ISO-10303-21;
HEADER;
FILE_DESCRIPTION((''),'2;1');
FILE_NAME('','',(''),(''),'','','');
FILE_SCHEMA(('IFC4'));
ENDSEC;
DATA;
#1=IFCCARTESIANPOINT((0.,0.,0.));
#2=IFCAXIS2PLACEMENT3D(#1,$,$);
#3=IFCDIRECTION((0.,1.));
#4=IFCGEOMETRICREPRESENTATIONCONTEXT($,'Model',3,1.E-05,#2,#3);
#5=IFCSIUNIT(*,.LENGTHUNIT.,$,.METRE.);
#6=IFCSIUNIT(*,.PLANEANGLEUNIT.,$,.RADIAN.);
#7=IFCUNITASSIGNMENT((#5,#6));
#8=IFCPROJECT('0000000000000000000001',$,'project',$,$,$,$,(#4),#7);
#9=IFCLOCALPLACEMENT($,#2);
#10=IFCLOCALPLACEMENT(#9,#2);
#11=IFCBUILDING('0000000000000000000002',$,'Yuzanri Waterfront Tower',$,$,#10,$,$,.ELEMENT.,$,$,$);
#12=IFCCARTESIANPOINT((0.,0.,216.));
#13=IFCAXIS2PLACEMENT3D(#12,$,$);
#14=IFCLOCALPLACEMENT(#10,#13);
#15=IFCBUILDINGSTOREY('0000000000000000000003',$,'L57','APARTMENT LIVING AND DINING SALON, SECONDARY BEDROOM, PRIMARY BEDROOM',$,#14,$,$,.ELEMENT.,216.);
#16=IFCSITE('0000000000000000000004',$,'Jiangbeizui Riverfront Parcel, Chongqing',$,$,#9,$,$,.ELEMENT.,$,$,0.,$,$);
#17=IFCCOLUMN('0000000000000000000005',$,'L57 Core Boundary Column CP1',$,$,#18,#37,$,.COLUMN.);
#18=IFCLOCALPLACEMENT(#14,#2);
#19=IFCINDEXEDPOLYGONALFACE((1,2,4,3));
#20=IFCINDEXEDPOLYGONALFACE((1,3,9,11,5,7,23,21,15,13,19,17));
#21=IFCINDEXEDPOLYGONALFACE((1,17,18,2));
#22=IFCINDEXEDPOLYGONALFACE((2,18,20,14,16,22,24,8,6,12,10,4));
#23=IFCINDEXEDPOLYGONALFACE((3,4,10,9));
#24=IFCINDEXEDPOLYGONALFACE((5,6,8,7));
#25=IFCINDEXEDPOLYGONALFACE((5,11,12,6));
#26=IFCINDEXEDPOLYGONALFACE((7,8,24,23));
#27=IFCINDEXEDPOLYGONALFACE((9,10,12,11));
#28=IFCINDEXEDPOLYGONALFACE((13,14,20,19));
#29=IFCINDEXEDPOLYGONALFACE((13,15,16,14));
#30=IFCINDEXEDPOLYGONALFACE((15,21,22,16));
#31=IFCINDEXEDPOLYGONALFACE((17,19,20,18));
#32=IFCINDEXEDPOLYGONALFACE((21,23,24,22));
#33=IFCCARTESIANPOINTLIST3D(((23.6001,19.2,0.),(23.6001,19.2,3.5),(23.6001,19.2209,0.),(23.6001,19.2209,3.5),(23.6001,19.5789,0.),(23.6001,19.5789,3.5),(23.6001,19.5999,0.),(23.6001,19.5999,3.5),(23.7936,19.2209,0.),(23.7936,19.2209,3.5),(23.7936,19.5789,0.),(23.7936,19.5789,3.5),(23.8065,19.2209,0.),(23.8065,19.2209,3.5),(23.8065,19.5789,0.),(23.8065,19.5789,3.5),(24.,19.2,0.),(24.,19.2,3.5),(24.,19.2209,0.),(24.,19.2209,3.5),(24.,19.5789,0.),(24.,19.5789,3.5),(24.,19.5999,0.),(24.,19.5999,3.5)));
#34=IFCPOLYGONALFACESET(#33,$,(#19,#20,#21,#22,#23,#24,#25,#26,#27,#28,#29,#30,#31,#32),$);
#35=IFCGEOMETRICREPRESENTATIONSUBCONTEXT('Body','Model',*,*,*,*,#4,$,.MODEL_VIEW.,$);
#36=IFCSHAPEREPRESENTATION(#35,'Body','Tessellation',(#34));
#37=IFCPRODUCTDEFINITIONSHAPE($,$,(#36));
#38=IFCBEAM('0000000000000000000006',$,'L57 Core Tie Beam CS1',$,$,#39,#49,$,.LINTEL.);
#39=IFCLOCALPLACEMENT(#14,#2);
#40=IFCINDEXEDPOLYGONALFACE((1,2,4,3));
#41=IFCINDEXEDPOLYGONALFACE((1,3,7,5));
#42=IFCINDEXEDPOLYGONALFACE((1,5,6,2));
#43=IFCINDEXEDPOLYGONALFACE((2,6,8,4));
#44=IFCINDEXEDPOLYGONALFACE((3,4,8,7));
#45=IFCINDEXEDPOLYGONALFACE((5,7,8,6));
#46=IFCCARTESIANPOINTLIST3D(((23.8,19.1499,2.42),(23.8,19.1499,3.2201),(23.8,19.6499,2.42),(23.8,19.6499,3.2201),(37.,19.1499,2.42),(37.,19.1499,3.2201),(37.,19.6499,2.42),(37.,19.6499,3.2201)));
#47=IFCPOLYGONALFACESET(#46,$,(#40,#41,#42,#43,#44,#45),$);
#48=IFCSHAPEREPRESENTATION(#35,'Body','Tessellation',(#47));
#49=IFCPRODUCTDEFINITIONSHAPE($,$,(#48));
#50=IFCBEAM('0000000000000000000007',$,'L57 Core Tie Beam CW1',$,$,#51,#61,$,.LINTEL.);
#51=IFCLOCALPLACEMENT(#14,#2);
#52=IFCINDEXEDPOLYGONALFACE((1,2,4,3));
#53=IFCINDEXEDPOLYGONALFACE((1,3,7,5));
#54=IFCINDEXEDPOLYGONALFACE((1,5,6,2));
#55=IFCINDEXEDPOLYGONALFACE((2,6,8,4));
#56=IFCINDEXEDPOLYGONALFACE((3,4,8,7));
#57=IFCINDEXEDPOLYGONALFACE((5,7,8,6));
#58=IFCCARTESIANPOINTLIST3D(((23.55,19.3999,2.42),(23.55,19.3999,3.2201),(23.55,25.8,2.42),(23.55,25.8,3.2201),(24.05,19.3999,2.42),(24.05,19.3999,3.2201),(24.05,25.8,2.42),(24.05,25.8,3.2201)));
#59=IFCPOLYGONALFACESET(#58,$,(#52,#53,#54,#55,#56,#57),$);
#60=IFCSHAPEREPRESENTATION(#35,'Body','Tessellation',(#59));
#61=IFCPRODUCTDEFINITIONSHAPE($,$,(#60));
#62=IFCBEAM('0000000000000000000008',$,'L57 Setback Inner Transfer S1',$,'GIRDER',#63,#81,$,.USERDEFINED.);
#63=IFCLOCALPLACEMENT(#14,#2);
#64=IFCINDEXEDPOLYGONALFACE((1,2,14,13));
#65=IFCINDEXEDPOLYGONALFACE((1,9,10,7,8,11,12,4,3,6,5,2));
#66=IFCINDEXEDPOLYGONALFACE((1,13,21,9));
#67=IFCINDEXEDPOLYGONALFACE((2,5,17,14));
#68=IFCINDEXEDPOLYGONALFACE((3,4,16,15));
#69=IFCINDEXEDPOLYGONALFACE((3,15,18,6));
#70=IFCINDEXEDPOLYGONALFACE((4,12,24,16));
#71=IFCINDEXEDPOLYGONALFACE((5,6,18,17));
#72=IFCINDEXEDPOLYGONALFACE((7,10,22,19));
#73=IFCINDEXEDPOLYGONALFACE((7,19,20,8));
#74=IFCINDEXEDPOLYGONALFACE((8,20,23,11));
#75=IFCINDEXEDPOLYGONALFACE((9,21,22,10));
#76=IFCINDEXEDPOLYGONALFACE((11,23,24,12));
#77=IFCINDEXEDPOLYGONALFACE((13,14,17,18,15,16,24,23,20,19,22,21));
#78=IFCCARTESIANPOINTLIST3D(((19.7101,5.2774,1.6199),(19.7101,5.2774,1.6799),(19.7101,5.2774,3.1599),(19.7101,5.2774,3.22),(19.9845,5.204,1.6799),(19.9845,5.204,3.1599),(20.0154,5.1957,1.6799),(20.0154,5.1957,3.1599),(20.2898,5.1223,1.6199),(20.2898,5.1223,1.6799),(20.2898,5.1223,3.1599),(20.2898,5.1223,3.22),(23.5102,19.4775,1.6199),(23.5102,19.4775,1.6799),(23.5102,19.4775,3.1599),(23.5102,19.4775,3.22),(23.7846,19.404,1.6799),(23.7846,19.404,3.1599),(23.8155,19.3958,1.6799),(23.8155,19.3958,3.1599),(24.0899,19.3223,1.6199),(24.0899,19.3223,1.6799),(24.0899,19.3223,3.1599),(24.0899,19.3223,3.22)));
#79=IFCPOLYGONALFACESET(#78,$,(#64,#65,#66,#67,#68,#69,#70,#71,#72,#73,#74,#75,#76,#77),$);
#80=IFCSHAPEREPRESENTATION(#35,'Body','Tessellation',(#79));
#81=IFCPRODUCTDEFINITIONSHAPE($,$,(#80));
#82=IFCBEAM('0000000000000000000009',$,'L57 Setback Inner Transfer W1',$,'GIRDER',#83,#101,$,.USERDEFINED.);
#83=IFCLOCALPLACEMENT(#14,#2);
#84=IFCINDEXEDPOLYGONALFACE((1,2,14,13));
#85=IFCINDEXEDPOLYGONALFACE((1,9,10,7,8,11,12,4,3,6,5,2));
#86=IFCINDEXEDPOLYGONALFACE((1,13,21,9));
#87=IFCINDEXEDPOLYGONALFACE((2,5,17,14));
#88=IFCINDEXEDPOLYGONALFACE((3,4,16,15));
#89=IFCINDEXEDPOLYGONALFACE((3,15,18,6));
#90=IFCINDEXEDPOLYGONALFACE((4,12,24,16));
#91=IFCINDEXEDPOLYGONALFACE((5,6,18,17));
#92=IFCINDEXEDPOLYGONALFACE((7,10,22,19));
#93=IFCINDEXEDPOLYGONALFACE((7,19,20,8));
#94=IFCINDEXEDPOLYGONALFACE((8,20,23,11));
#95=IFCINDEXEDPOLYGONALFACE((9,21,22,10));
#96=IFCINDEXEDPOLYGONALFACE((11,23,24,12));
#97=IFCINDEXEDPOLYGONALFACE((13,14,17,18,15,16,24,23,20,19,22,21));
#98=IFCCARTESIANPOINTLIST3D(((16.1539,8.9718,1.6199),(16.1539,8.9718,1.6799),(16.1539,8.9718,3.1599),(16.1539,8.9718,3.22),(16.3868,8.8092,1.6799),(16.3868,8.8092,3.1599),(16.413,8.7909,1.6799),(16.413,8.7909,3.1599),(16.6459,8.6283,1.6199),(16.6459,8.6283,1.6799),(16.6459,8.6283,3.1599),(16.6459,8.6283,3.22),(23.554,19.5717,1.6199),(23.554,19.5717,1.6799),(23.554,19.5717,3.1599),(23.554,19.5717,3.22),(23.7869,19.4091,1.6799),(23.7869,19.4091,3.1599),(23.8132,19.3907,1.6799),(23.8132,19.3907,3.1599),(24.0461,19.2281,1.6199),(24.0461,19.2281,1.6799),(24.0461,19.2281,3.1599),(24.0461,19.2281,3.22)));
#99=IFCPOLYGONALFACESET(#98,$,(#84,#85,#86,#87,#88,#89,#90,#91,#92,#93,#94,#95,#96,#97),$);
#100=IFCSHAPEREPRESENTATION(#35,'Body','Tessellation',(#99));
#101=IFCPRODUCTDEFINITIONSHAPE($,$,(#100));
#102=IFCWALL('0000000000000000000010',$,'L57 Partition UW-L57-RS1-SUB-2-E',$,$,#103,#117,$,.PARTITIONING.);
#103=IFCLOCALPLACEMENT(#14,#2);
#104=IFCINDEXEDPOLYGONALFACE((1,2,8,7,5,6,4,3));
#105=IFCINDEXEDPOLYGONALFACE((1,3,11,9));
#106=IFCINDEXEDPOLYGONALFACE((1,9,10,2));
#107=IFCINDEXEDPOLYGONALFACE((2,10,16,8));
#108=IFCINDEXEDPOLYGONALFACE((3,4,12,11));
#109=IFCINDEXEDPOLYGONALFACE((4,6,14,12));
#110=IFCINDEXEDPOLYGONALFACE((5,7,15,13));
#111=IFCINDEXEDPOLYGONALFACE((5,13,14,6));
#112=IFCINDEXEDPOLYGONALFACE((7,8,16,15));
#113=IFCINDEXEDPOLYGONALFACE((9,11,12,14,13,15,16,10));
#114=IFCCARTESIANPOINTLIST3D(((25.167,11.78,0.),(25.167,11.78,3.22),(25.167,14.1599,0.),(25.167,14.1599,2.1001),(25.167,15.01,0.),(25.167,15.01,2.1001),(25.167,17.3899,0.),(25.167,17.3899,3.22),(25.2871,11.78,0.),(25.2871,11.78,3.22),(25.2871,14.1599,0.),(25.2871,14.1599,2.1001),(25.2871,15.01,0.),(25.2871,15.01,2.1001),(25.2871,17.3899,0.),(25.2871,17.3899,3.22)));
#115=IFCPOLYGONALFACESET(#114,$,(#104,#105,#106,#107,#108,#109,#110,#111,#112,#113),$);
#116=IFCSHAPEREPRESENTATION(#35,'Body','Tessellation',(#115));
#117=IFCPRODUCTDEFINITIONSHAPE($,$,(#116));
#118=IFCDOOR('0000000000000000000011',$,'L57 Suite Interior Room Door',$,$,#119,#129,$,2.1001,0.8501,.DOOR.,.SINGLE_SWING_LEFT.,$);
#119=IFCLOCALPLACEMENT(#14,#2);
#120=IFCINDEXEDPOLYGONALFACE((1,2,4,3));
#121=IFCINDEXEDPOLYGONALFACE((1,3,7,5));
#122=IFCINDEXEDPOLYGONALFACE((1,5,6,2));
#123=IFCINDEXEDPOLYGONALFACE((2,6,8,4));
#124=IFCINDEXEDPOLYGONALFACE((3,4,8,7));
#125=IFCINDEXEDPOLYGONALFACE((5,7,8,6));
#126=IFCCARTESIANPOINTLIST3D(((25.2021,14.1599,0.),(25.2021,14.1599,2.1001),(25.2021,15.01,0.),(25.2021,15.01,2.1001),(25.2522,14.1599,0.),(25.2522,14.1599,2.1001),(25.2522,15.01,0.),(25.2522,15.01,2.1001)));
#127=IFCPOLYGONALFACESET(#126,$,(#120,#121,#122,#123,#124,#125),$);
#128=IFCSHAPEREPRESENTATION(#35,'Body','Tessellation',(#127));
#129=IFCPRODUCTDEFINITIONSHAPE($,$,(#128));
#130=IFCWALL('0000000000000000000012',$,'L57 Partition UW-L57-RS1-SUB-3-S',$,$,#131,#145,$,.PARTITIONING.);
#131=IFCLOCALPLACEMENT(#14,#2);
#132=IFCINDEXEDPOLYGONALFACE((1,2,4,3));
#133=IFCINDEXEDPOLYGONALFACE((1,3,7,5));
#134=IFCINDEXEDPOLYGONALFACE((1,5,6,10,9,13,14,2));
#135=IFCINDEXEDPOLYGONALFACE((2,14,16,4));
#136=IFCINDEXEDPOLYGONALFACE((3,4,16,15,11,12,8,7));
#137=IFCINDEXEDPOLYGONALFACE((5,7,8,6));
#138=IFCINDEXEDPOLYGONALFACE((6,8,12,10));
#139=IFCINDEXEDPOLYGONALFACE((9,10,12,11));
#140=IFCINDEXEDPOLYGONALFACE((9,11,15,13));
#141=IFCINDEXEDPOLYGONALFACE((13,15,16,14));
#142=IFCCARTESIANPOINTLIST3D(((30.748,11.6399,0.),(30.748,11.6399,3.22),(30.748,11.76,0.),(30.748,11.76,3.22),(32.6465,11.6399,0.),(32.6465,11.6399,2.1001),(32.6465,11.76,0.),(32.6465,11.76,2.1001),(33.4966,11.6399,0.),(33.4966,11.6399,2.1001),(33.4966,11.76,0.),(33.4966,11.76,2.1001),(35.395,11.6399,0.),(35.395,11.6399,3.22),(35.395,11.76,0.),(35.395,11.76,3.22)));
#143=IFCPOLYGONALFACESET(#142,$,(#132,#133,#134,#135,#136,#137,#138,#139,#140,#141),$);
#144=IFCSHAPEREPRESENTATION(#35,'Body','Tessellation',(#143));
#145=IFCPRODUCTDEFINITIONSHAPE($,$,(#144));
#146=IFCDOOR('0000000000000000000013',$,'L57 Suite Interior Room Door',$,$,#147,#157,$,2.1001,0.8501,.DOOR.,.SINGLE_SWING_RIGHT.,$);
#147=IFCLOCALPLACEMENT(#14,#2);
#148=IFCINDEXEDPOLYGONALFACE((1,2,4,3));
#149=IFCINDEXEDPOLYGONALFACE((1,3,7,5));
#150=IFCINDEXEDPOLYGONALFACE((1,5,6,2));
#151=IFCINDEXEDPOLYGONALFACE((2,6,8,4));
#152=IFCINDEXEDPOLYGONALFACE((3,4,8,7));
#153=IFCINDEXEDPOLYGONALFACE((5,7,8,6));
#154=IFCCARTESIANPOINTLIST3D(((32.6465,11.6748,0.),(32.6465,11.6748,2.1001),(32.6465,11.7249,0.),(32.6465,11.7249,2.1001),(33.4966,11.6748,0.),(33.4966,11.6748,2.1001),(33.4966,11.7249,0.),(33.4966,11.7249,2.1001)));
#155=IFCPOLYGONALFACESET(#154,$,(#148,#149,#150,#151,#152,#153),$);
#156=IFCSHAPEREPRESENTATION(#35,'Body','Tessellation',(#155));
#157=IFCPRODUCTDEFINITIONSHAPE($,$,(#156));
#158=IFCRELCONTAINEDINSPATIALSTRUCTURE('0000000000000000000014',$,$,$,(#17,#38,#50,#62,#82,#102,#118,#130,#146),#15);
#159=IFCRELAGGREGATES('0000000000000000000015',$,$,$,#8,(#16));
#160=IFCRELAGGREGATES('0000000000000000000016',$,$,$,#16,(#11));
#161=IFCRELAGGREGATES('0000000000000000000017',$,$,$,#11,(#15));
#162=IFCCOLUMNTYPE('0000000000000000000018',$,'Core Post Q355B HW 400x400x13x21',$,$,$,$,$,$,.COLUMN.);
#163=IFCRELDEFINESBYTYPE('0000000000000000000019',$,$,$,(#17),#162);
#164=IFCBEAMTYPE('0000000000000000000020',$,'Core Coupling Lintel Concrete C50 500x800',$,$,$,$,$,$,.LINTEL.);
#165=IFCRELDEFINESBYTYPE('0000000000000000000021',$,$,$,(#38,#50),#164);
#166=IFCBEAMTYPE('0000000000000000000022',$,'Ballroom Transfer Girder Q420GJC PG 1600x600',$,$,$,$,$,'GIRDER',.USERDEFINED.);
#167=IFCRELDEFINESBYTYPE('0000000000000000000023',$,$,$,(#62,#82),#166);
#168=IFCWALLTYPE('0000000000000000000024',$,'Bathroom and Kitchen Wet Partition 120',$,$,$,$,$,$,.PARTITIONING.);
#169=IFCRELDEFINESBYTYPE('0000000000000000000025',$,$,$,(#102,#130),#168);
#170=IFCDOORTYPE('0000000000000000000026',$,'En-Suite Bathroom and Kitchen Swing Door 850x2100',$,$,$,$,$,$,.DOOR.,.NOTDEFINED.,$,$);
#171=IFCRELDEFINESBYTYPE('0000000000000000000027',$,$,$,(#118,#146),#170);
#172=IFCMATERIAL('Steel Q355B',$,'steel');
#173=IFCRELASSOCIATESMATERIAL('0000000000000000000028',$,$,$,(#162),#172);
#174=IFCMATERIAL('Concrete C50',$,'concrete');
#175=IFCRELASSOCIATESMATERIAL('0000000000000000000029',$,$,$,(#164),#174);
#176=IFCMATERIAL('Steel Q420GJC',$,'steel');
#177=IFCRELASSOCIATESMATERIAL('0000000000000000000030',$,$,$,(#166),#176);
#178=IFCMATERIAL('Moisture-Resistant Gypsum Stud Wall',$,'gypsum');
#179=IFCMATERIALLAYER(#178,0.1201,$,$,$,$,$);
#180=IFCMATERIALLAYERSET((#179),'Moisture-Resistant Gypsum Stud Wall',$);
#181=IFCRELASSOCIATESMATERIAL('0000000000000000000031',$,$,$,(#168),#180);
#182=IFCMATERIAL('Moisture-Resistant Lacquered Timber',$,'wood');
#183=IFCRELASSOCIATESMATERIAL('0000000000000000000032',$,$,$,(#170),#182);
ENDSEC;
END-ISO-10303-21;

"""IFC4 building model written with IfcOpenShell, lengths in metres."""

from ifc_helpers import new_model, si_unit, direction, frame, frame_2d, origin, origin_2d, place, context, subcontext, project, spatial, rectangle, i_section, extrude, source, transform, mapped, material, layer, layer_set, material_profile, profile_set, type_object, element, fill, save


model = new_model("IFC4")

# Units and contexts
model_context = context("Model", 3, precision=1e-05, world=origin(), true_north=direction((0.0, 1.0)))
body_context = subcontext(model_context, "Body", "Model", "MODEL_VIEW")
ifc_project = project(units=[si_unit("LENGTHUNIT", "METRE"), si_unit("PLANEANGLEUNIT", "RADIAN")], contexts=[model_context])

# Site, building, storey
site_placement = place(None, origin())
site = spatial("IfcSite", under=ifc_project, at=site_placement, Name="Jiangbeizui Riverfront Parcel, Chongqing", CompositionType="ELEMENT", RefElevation=0.0)
building_placement = place(site_placement, origin())
building = spatial("IfcBuilding", under=site, at=building_placement, Name="Yuzanri Waterfront Tower", CompositionType="ELEMENT")
storey_placement = place(building_placement, frame((0.0, 0.0, 216.0)))
storey = spatial("IfcBuildingStorey", under=building, at=storey_placement, Name="L57", Description="APARTMENT LIVING AND DINING SALON, SECONDARY BEDROOM, PRIMARY BEDROOM", CompositionType="ELEMENT", Elevation=216.0)

# Column
ifc_material_1 = material(Name="Steel Q355B", Category="steel")
ifc_material_profile_1 = material_profile(ifc_material_1, i_section(OverallWidth=0.3999, OverallDepth=0.3999, WebThickness=0.0129, FlangeThickness=0.021, at=origin_2d()), Name="HW 400x400x13x21")
ifc_profile_set_1 = profile_set([ifc_material_profile_1], Name="Steel Q355B")
column_type = type_object("IfcColumnType", Name="Core Post Q355B HW 400x400x13x21", PredefinedType="COLUMN", material=ifc_profile_set_1)
shared_shape_1 = source(origin(), body_context, "Body", "SweptSolid", [
    extrude(i_section(OverallWidth=0.3999, OverallDepth=0.3999, WebThickness=0.0129, FlangeThickness=0.021, at=origin_2d()), origin(), (0.0, 0.0, 1.0), 3.5),
])
column_placement = place(storey_placement, frame((23.8, 19.3999, 0.0), z_axis=(0.0, 0.0, 1.0), x_axis=(1.0, 0.0, 0.0)))
element("IfcColumn", 1, at=column_placement, inside=storey, type_object=column_type, Name="L57 Core Boundary Column CP1", PredefinedType="COLUMN", context=body_context, shape_type="MappedRepresentation", body=[
    mapped(shared_shape_1, transform((0.0, 0.0, 0.0), scale=1.0)),
])

# Beams
ifc_material_2 = material(Name="Concrete C50", Category="concrete")
ifc_material_profile_2 = material_profile(ifc_material_2, rectangle(XDim=0.5, YDim=0.8, at=origin_2d()), Name="RC 500x800")
ifc_profile_set_2 = profile_set([ifc_material_profile_2], Name="Concrete C50")
beam_type_1 = type_object("IfcBeamType", Name="Core Coupling Lintel Concrete C50 500x800", PredefinedType="LINTEL", material=ifc_profile_set_2)
shared_shape_2 = source(origin(), body_context, "Body", "SweptSolid", [
    extrude(rectangle(XDim=0.5, YDim=0.8, at=origin_2d()), origin(), (0.0, 0.0, 1.0), 13.2),
])
beam_1_placement = place(storey_placement, frame((23.8, 19.3999, 2.8201), z_axis=(1.0, 0.0, 0.0), x_axis=(0.0, 1.0, 0.0)))
element("IfcBeam", 2, at=beam_1_placement, inside=storey, type_object=beam_type_1, Name="L57 Core Tie Beam CS1", PredefinedType="LINTEL", context=body_context, shape_type="MappedRepresentation", body=[
    mapped(shared_shape_2, transform((0.0, 0.0, 0.0), scale=1.0)),
])
shared_shape_3 = source(origin(), body_context, "Body", "SweptSolid", [
    extrude(rectangle(XDim=0.5, YDim=0.8, at=origin_2d()), origin(), (0.0, 0.0, 1.0), 6.4001),
])
beam_2_placement = place(storey_placement, frame((23.8, 19.3999, 2.8201), z_axis=(0.0, 1.0, 0.0), x_axis=(-1.0, 0.0, 0.0)))
element("IfcBeam", 3, at=beam_2_placement, inside=storey, type_object=beam_type_1, Name="L57 Core Tie Beam CW1", PredefinedType="LINTEL", context=body_context, shape_type="MappedRepresentation", body=[
    mapped(shared_shape_3, transform((0.0, 0.0, 0.0), scale=1.0)),
])
ifc_material_3 = material(Name="Steel Q420GJC", Category="steel")
ifc_material_profile_3 = material_profile(ifc_material_3, i_section(OverallWidth=0.6001, OverallDepth=1.6001, WebThickness=0.032, FlangeThickness=0.0601, at=origin_2d()), Name="PG 1600x600x32x60")
ifc_profile_set_3 = profile_set([ifc_material_profile_3], Name="Steel Q420GJC")
beam_type_2 = type_object("IfcBeamType", Name="Ballroom Transfer Girder Q420GJC PG 1600x600", ElementType="GIRDER", PredefinedType="USERDEFINED", material=ifc_profile_set_3)
shared_shape_4 = source(origin(), body_context, "Body", "SweptSolid", [
    extrude(i_section(OverallWidth=0.6001, OverallDepth=1.6001, WebThickness=0.032, FlangeThickness=0.0601, at=origin_2d()), origin(), (0.0, 0.0, 1.0), 14.6997),
])
beam_3_placement = place(storey_placement, frame((23.8, 19.3999, 2.4199), z_axis=(-0.258513, -0.966008, 0.0), x_axis=(0.966008, -0.258513, 0.0)))
element("IfcBeam", 4, at=beam_3_placement, inside=storey, type_object=beam_type_2, Name="L57 Setback Inner Transfer S1", ObjectType="GIRDER", PredefinedType="USERDEFINED", context=body_context, shape_type="MappedRepresentation", body=[
    mapped(shared_shape_4, transform((0.0, 0.0, 0.0), scale=1.0)),
])
shared_shape_5 = source(origin(), body_context, "Body", "SweptSolid", [
    extrude(i_section(OverallWidth=0.6001, OverallDepth=1.6001, WebThickness=0.032, FlangeThickness=0.0601, at=origin_2d()), origin(), (0.0, 0.0, 1.0), 12.9275),
])
beam_4_placement = place(storey_placement, frame((23.8, 19.3999, 2.4199), z_axis=(-0.572437, -0.819949, 0.0), x_axis=(0.819949, -0.572437, 0.0)))
element("IfcBeam", 5, at=beam_4_placement, inside=storey, type_object=beam_type_2, Name="L57 Setback Inner Transfer W1", ObjectType="GIRDER", PredefinedType="USERDEFINED", context=body_context, shape_type="MappedRepresentation", body=[
    mapped(shared_shape_5, transform((0.0, 0.0, 0.0), scale=1.0)),
])

# Walls, openings, doors
ifc_material_4 = material(Name="Moisture-Resistant Gypsum Stud Wall", Category="gypsum")
ifc_layer_1 = layer(ifc_material_4, 0.1201)
ifc_layer_set_1 = layer_set([ifc_layer_1], Name="Moisture-Resistant Gypsum Stud Wall")
wall_type_1 = type_object("IfcWallType", Name="Bathroom and Kitchen Wet Partition 120", PredefinedType="PARTITIONING", material=ifc_layer_set_1)
wall_1_placement = place(storey_placement, frame((25.2271, 11.78, 0.0), z_axis=(0.0, 0.0, 1.0), x_axis=(0.0, 1.0, 0.0)))
wall_1 = element("IfcWall", 6, at=wall_1_placement, inside=storey, type_object=wall_type_1, Name="L57 Partition UW-L57-RS1-SUB-2-E", PredefinedType="PARTITIONING", context=body_context, shape_type="SweptSolid", body=[
    extrude(rectangle(XDim=5.6099, YDim=0.1201, at=frame_2d((2.8049, 0.0))), origin(), (0.0, 0.0, 1.0), 3.22),
])
opening_1_placement = place(wall_1_placement, frame((2.3799, 0.0, 0.0)))
opening_1 = element("IfcOpeningElement", 7, at=opening_1_placement, cuts=wall_1, PredefinedType="OPENING", context=body_context, shape_type="SweptSolid", body=[
    extrude(rectangle(XDim=0.8501, YDim=2.1001, at=frame_2d((0.425, 1.05))), frame((0.0, 0.075, 0.0), z_axis=(0.0, -1.0, 0.0), x_axis=(1.0, 0.0, 0.0)), (0.0, 0.0, 1.0), 0.1499),
])
ifc_material_5 = material(Name="Moisture-Resistant Lacquered Timber", Category="wood")
door_type_1 = type_object("IfcDoorType", Name="En-Suite Bathroom and Kitchen Swing Door 850x2100", OperationType="NOTDEFINED", PredefinedType="DOOR", material=ifc_material_5)
shared_shape_6 = source(origin(), body_context, "Body", "SweptSolid", [
    extrude(rectangle(XDim=0.8501, YDim=2.1001, at=frame_2d((0.425, 1.05))), frame((0.0, 0.0249, 0.0), z_axis=(0.0, -1.0, 0.0), x_axis=(1.0, 0.0, 0.0)), (0.0, 0.0, 1.0), 0.05),
])
door_1_placement = place(opening_1_placement, origin())
door_1 = element("IfcDoor", 8, at=door_1_placement, inside=storey, type_object=door_type_1, Name="L57 Suite Interior Room Door", OperationType="SINGLE_SWING_LEFT", OverallHeight=2.1001, OverallWidth=0.8501, PredefinedType="DOOR", context=body_context, shape_type="MappedRepresentation", body=[
    mapped(shared_shape_6, transform((0.0, 0.0, 0.0), scale=1.0)),
])
fill(opening_1, door_1)
wall_2_placement = place(storey_placement, frame((30.748, 11.7, 0.0), z_axis=(0.0, 0.0, 1.0), x_axis=(1.0, 0.0, 0.0)))
wall_2 = element("IfcWall", 9, at=wall_2_placement, inside=storey, type_object=wall_type_1, Name="L57 Partition UW-L57-RS1-SUB-3-S", PredefinedType="PARTITIONING", context=body_context, shape_type="SweptSolid", body=[
    extrude(rectangle(XDim=4.647, YDim=0.1201, at=frame_2d((2.3235, 0.0))), origin(), (0.0, 0.0, 1.0), 3.22),
])
opening_2_placement = place(wall_2_placement, frame((1.8984, 0.0, 0.0)))
opening_2 = element("IfcOpeningElement", 10, at=opening_2_placement, cuts=wall_2, PredefinedType="OPENING", context=body_context, shape_type="SweptSolid", body=[
    extrude(rectangle(XDim=0.8501, YDim=2.1001, at=frame_2d((0.425, 1.05))), frame((0.0, 0.075, 0.0), z_axis=(0.0, -1.0, 0.0), x_axis=(1.0, 0.0, 0.0)), (0.0, 0.0, 1.0), 0.1499),
])
door_2_placement = place(opening_2_placement, origin())
door_2 = element("IfcDoor", 11, at=door_2_placement, inside=storey, type_object=door_type_1, Name="L57 Suite Interior Room Door", OperationType="SINGLE_SWING_RIGHT", OverallHeight=2.1001, OverallWidth=0.8501, PredefinedType="DOOR", context=body_context, shape_type="MappedRepresentation", body=[
    mapped(shared_shape_6, transform((0.0, 0.0, 0.0), scale=1.0)),
])
fill(opening_2, door_2)

save(model, "model.ifc")
